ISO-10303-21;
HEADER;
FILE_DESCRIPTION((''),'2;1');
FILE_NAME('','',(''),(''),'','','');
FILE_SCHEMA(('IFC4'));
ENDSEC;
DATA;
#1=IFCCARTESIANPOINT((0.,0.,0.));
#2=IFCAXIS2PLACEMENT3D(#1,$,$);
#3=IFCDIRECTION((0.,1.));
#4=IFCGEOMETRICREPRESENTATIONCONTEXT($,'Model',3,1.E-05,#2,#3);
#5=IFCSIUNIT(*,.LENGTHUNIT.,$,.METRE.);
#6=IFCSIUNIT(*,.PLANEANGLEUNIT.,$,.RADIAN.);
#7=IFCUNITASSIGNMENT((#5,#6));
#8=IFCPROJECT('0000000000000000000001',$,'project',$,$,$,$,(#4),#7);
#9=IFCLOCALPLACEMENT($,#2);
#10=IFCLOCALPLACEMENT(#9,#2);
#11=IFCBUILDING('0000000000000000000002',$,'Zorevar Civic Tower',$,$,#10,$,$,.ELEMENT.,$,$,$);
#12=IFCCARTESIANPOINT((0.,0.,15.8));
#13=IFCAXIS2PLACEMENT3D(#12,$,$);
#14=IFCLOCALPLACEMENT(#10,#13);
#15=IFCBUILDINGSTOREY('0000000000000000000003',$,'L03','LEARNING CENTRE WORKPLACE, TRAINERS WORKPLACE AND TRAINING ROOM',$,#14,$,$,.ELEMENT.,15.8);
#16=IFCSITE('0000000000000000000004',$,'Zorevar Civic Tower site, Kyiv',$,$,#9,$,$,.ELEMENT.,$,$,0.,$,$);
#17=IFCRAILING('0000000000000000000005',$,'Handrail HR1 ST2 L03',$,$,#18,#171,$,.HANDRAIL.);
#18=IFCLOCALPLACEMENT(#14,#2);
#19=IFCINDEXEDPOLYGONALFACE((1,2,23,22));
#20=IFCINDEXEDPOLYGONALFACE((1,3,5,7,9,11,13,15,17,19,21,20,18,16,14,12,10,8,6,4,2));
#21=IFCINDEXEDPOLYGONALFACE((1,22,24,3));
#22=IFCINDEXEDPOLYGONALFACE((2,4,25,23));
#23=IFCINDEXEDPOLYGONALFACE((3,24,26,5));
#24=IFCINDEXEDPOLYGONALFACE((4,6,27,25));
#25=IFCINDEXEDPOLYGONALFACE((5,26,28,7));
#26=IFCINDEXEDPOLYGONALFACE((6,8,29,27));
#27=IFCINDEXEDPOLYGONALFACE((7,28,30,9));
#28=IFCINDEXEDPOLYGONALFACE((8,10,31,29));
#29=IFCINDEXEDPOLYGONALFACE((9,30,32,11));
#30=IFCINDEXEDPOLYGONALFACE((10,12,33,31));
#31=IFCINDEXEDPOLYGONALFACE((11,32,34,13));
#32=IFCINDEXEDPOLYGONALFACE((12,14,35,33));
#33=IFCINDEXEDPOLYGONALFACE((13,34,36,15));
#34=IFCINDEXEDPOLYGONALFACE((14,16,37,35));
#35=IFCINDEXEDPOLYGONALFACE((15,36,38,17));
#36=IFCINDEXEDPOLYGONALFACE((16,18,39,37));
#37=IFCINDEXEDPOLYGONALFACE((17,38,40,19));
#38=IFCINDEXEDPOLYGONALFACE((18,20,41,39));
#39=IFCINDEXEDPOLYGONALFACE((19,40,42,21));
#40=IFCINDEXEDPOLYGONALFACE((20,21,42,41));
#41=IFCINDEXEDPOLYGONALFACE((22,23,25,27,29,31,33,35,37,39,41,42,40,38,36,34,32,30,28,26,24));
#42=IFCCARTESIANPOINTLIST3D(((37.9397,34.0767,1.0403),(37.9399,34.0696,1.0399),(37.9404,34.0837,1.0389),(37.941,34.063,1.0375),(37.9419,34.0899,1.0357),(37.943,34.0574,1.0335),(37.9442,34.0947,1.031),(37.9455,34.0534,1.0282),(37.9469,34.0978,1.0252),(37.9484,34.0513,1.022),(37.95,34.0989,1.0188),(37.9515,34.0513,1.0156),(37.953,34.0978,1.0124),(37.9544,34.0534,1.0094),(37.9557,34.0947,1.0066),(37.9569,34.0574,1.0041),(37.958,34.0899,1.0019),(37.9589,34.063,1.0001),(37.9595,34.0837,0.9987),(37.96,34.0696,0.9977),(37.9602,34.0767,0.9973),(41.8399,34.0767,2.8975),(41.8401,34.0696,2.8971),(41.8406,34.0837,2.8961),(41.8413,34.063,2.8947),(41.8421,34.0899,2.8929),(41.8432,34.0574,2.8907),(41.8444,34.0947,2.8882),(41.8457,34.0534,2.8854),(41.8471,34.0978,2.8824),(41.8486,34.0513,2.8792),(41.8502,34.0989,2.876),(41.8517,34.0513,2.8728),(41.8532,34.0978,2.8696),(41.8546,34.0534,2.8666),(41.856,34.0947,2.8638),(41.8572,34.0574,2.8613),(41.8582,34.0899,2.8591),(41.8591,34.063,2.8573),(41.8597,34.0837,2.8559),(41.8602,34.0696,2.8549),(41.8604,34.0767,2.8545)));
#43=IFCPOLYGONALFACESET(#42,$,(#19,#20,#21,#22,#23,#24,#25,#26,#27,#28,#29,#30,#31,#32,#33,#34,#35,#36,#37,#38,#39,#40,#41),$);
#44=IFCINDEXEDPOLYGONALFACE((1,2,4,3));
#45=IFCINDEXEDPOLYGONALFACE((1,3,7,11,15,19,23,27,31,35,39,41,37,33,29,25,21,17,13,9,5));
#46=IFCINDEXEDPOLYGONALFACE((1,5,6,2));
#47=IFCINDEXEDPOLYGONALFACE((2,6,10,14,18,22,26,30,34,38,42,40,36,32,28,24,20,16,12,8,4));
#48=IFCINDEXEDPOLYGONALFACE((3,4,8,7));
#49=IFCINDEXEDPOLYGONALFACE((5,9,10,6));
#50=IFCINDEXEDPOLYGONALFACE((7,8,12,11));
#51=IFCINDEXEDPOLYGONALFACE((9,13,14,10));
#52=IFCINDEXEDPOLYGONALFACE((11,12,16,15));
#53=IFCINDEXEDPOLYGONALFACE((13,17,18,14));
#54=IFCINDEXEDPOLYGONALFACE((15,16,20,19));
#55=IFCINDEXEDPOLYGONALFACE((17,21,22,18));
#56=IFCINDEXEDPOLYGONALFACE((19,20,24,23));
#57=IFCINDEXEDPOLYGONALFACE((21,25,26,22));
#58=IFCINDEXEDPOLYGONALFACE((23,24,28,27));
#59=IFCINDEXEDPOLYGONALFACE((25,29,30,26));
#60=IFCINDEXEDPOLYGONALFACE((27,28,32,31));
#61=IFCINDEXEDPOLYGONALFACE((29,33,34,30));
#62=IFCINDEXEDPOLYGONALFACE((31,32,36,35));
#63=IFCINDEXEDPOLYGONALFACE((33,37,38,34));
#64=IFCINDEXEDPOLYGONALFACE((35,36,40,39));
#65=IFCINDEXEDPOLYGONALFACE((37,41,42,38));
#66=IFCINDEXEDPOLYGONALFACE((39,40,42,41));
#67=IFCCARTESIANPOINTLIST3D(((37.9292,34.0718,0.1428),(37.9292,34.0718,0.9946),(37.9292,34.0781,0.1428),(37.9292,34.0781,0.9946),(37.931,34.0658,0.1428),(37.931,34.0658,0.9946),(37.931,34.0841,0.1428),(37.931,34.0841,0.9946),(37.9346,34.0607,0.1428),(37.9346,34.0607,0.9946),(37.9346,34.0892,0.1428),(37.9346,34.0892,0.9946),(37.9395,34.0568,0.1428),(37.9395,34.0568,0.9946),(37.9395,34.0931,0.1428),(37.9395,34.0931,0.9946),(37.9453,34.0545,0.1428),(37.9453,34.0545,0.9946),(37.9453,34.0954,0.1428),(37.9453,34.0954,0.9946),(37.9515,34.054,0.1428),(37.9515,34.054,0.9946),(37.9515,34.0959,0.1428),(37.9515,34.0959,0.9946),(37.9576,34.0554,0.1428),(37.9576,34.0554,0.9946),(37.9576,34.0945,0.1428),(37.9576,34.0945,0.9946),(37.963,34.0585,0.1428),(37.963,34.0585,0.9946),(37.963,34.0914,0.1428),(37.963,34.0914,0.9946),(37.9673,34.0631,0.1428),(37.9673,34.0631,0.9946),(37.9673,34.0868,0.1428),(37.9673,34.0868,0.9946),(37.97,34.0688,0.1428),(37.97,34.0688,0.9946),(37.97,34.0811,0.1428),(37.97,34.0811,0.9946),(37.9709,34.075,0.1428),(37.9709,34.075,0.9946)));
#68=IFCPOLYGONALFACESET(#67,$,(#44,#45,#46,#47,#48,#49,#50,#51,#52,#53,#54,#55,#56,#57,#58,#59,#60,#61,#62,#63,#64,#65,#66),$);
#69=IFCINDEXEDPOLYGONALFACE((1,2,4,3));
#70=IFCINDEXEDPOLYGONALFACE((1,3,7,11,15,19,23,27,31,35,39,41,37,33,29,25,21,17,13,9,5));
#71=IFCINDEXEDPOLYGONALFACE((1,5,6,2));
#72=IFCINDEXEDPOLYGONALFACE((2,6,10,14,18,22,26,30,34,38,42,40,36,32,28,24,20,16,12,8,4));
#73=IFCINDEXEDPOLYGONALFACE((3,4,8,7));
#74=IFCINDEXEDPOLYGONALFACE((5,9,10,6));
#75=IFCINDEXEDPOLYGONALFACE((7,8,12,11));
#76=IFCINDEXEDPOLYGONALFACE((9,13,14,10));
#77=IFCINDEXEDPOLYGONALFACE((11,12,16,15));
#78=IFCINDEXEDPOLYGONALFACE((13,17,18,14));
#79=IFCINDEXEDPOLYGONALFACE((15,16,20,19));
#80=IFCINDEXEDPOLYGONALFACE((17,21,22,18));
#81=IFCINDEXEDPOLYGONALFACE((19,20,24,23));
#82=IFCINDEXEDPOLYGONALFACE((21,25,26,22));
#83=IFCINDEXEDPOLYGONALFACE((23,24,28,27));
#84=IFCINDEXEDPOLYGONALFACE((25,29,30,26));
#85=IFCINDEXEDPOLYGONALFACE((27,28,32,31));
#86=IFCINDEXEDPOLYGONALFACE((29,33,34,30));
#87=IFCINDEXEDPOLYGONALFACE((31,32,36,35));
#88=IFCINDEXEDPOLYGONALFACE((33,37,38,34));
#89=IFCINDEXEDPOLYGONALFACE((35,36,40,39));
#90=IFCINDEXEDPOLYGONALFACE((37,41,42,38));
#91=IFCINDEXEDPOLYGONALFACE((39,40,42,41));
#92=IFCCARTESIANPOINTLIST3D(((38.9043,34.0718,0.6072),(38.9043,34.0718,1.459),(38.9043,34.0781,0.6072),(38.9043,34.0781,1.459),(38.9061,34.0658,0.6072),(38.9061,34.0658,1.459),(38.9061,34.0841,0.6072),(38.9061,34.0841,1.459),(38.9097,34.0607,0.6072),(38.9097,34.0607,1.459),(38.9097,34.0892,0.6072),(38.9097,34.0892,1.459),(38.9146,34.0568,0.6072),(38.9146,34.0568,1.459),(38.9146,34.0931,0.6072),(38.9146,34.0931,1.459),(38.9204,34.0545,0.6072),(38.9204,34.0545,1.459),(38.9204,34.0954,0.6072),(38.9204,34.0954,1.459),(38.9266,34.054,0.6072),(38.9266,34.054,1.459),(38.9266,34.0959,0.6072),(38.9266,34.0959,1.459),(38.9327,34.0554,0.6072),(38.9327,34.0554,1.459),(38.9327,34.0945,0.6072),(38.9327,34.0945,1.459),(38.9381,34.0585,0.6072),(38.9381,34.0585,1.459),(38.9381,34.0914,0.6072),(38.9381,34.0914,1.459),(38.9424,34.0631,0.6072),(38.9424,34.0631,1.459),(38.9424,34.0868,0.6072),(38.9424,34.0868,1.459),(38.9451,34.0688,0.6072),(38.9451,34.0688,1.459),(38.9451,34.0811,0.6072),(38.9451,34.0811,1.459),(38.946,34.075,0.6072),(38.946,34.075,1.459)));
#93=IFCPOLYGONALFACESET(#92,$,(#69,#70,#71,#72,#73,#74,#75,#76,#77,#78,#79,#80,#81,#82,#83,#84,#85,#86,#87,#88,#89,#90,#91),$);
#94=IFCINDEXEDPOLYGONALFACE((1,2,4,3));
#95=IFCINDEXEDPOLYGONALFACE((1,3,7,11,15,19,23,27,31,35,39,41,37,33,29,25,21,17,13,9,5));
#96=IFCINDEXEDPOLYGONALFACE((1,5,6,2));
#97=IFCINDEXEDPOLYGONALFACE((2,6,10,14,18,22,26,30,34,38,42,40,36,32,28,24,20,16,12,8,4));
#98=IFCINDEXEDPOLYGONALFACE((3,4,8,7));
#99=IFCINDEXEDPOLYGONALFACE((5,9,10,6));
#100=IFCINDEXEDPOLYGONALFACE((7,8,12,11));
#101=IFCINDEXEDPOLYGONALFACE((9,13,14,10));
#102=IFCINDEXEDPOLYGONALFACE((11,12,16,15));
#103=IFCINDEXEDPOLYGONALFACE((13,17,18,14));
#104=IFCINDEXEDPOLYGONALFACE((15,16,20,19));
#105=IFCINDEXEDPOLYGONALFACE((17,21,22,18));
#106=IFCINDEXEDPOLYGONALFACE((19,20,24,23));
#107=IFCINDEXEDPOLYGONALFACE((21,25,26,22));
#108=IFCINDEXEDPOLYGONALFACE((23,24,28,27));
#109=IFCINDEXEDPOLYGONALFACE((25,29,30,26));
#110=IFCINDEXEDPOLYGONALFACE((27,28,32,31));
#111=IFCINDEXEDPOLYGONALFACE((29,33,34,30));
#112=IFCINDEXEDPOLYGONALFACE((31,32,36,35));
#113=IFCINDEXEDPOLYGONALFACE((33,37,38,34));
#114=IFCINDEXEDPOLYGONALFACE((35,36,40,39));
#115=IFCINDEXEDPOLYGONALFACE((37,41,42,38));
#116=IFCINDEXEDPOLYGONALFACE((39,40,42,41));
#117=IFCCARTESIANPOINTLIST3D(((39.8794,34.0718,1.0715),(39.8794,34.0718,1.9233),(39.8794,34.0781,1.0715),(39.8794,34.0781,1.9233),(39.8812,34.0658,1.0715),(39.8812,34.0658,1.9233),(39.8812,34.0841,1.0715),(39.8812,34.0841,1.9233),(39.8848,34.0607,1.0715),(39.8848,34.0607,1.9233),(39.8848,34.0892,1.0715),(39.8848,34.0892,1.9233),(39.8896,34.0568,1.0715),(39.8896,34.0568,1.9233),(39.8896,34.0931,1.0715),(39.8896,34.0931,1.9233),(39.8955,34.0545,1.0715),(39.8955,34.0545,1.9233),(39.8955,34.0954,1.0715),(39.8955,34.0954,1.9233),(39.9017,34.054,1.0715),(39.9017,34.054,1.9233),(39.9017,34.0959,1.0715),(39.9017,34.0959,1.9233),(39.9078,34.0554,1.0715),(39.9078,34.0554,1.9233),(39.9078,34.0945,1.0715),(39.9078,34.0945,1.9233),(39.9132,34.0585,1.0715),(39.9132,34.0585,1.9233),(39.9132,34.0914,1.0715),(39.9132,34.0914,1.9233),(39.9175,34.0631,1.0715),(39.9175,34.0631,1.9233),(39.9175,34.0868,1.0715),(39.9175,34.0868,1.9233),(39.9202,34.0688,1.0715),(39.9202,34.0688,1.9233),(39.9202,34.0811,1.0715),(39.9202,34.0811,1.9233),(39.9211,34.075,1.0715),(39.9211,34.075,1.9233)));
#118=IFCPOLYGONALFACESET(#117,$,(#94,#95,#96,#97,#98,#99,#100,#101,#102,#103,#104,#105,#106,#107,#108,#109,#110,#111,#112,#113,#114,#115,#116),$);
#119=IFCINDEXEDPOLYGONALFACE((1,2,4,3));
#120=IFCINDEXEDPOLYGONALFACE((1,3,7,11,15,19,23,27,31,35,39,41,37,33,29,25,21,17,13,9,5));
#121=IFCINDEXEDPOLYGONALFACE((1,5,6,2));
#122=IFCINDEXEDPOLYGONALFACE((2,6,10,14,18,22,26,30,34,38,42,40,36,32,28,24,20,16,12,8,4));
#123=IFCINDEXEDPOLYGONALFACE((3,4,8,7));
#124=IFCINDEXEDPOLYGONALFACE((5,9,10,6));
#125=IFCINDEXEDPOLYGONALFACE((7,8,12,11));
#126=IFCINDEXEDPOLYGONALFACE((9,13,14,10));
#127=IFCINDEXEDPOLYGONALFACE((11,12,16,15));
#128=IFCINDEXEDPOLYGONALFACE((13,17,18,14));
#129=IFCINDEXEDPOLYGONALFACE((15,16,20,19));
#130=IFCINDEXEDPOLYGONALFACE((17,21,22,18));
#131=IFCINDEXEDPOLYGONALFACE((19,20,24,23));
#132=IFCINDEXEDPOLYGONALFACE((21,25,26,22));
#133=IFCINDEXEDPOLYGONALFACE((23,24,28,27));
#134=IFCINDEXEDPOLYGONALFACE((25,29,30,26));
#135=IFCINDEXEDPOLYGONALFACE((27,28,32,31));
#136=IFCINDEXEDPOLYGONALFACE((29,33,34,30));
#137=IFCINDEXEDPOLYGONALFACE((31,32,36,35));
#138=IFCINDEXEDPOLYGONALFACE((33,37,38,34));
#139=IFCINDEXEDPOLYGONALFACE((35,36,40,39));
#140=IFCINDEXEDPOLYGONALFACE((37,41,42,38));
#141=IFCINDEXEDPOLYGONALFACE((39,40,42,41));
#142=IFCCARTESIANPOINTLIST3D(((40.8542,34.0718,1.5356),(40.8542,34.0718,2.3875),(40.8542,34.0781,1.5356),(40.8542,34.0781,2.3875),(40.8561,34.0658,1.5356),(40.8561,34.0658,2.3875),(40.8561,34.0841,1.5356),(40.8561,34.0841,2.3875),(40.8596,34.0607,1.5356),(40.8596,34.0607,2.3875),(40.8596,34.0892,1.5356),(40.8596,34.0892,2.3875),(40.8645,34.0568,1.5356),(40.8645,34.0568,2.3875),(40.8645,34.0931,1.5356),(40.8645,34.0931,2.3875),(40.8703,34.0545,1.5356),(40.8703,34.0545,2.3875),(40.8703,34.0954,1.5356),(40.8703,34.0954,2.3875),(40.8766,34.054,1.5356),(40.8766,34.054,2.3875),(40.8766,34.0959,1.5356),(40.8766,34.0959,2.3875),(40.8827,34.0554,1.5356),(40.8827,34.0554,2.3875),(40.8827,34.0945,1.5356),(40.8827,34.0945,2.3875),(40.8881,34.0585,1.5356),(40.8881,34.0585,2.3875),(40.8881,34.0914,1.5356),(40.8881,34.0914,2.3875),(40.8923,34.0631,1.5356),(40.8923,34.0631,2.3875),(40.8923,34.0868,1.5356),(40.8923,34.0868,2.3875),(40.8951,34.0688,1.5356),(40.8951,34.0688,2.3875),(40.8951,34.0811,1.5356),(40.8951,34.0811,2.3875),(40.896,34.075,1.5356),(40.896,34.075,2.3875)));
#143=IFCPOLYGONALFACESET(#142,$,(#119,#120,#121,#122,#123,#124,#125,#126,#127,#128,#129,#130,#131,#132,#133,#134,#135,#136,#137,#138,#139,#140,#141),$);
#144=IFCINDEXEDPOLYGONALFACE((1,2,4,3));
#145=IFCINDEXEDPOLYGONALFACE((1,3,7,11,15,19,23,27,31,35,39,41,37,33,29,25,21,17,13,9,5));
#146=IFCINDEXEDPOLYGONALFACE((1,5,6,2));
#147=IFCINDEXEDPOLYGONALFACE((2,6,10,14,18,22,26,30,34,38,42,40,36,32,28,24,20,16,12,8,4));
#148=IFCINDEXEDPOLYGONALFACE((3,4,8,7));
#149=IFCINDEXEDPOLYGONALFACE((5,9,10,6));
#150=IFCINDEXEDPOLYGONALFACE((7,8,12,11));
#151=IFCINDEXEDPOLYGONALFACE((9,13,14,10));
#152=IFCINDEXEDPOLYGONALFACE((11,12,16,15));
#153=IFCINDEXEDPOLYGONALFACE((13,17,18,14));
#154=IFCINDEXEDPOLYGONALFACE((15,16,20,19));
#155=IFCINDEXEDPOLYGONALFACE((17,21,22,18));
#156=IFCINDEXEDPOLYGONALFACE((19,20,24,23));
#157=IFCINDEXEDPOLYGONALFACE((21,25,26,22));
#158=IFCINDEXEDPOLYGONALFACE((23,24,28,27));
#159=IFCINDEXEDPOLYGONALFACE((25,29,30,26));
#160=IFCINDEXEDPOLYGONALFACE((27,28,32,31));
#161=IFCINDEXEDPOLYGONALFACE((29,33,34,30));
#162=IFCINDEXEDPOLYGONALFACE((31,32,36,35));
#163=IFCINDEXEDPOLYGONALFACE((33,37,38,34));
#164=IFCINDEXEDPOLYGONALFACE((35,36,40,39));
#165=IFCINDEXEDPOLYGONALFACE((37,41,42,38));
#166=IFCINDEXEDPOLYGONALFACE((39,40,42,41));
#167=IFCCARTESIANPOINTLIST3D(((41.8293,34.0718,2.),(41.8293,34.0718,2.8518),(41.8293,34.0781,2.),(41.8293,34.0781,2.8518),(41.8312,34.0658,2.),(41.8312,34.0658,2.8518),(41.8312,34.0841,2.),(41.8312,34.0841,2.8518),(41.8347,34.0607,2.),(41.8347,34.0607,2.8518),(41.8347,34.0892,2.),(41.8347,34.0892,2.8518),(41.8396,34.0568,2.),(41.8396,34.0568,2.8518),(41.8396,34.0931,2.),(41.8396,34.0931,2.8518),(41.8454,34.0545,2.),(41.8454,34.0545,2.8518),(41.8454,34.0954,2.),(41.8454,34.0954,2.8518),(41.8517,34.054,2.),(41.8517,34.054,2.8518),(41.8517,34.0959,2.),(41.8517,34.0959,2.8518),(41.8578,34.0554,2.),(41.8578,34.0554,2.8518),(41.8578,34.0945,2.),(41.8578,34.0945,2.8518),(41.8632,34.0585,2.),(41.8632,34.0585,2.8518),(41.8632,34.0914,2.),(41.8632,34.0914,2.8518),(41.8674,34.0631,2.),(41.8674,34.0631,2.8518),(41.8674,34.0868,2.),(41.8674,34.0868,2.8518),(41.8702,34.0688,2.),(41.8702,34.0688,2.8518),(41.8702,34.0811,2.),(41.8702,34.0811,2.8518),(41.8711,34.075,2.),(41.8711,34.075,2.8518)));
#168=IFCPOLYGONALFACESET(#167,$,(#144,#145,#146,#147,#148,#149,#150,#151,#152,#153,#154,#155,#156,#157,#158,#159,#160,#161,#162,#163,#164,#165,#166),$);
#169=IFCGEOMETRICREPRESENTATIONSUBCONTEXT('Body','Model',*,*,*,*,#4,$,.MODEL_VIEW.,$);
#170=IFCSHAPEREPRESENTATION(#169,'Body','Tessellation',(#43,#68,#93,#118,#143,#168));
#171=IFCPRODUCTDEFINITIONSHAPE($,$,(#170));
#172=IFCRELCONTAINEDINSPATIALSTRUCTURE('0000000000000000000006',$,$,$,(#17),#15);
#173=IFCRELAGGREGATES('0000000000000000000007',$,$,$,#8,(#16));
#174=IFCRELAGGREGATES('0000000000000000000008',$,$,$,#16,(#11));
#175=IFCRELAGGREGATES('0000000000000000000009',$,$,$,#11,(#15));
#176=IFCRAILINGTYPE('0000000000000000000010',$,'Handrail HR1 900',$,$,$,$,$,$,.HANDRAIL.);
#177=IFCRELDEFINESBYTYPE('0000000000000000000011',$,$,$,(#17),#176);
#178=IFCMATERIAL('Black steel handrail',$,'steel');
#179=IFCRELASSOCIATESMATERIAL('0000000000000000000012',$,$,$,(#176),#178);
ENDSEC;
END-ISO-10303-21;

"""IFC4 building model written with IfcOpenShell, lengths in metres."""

from ifc_helpers import new_model, si_unit, direction, frame, origin, origin_2d, place, context, subcontext, project, spatial, circle, extrude, material, type_object, element, save


model = new_model("IFC4")

# Units and contexts
model_context = context("Model", 3, precision=1e-05, world=origin(), true_north=direction((0.0, 1.0)))
body_context = subcontext(model_context, "Body", "Model", "MODEL_VIEW")
ifc_project = project(units=[si_unit("LENGTHUNIT", "METRE"), si_unit("PLANEANGLEUNIT", "RADIAN")], contexts=[model_context])

# Site, building, storey
site_placement = place(None, origin())
site = spatial("IfcSite", under=ifc_project, at=site_placement, Name="Zorevar Civic Tower site, Kyiv", CompositionType="ELEMENT", RefElevation=0.0)
building_placement = place(site_placement, origin())
building = spatial("IfcBuilding", under=site, at=building_placement, Name="Zorevar Civic Tower", CompositionType="ELEMENT")
storey_placement = place(building_placement, frame((0.0, 0.0, 15.8)))
storey = spatial("IfcBuildingStorey", under=building, at=storey_placement, Name="L03", Description="LEARNING CENTRE WORKPLACE, TRAINERS WORKPLACE AND TRAINING ROOM", CompositionType="ELEMENT", Elevation=15.8)

# Railing
ifc_material_1 = material(Name="Black steel handrail", Category="steel")
railing_type = type_object("IfcRailingType", Name="Handrail HR1 900", PredefinedType="HANDRAIL", material=ifc_material_1)
railing_1_placement = place(storey_placement, frame((37.95, 34.075, 0.1428)))
element("IfcRailing", 1, at=railing_1_placement, inside=storey, type_object=railing_type, Name="Handrail HR1 ST2 L03", PredefinedType="HANDRAIL", context=body_context, shape_type="SweptSolid", body=[
    extrude(circle(Radius=0.0239, at=origin_2d()), frame((0.0, 0.0, 0.876), z_axis=(0.902864, 0.0, 0.429927), x_axis=(0.0, 1.0, 0.0)), (0.0, 0.0, 1.0), 4.3198),
    extrude(circle(Radius=0.021, at=origin_2d()), origin(), (0.0, 0.0, 1.0), 0.8518),
    extrude(circle(Radius=0.021, at=origin_2d()), frame((0.9751, 0.0, 0.4644)), (0.0, 0.0, 1.0), 0.8518),
    extrude(circle(Radius=0.021, at=origin_2d()), frame((1.9502, 0.0, 0.9287)), (0.0, 0.0, 1.0), 0.8518),
    extrude(circle(Radius=0.021, at=origin_2d()), frame((2.925, 0.0, 1.3928)), (0.0, 0.0, 1.0), 0.8518),
    extrude(circle(Radius=0.021, at=origin_2d()), frame((3.9001, 0.0, 1.8572)), (0.0, 0.0, 1.0), 0.8518),
])

save(model, "model.ifc")
